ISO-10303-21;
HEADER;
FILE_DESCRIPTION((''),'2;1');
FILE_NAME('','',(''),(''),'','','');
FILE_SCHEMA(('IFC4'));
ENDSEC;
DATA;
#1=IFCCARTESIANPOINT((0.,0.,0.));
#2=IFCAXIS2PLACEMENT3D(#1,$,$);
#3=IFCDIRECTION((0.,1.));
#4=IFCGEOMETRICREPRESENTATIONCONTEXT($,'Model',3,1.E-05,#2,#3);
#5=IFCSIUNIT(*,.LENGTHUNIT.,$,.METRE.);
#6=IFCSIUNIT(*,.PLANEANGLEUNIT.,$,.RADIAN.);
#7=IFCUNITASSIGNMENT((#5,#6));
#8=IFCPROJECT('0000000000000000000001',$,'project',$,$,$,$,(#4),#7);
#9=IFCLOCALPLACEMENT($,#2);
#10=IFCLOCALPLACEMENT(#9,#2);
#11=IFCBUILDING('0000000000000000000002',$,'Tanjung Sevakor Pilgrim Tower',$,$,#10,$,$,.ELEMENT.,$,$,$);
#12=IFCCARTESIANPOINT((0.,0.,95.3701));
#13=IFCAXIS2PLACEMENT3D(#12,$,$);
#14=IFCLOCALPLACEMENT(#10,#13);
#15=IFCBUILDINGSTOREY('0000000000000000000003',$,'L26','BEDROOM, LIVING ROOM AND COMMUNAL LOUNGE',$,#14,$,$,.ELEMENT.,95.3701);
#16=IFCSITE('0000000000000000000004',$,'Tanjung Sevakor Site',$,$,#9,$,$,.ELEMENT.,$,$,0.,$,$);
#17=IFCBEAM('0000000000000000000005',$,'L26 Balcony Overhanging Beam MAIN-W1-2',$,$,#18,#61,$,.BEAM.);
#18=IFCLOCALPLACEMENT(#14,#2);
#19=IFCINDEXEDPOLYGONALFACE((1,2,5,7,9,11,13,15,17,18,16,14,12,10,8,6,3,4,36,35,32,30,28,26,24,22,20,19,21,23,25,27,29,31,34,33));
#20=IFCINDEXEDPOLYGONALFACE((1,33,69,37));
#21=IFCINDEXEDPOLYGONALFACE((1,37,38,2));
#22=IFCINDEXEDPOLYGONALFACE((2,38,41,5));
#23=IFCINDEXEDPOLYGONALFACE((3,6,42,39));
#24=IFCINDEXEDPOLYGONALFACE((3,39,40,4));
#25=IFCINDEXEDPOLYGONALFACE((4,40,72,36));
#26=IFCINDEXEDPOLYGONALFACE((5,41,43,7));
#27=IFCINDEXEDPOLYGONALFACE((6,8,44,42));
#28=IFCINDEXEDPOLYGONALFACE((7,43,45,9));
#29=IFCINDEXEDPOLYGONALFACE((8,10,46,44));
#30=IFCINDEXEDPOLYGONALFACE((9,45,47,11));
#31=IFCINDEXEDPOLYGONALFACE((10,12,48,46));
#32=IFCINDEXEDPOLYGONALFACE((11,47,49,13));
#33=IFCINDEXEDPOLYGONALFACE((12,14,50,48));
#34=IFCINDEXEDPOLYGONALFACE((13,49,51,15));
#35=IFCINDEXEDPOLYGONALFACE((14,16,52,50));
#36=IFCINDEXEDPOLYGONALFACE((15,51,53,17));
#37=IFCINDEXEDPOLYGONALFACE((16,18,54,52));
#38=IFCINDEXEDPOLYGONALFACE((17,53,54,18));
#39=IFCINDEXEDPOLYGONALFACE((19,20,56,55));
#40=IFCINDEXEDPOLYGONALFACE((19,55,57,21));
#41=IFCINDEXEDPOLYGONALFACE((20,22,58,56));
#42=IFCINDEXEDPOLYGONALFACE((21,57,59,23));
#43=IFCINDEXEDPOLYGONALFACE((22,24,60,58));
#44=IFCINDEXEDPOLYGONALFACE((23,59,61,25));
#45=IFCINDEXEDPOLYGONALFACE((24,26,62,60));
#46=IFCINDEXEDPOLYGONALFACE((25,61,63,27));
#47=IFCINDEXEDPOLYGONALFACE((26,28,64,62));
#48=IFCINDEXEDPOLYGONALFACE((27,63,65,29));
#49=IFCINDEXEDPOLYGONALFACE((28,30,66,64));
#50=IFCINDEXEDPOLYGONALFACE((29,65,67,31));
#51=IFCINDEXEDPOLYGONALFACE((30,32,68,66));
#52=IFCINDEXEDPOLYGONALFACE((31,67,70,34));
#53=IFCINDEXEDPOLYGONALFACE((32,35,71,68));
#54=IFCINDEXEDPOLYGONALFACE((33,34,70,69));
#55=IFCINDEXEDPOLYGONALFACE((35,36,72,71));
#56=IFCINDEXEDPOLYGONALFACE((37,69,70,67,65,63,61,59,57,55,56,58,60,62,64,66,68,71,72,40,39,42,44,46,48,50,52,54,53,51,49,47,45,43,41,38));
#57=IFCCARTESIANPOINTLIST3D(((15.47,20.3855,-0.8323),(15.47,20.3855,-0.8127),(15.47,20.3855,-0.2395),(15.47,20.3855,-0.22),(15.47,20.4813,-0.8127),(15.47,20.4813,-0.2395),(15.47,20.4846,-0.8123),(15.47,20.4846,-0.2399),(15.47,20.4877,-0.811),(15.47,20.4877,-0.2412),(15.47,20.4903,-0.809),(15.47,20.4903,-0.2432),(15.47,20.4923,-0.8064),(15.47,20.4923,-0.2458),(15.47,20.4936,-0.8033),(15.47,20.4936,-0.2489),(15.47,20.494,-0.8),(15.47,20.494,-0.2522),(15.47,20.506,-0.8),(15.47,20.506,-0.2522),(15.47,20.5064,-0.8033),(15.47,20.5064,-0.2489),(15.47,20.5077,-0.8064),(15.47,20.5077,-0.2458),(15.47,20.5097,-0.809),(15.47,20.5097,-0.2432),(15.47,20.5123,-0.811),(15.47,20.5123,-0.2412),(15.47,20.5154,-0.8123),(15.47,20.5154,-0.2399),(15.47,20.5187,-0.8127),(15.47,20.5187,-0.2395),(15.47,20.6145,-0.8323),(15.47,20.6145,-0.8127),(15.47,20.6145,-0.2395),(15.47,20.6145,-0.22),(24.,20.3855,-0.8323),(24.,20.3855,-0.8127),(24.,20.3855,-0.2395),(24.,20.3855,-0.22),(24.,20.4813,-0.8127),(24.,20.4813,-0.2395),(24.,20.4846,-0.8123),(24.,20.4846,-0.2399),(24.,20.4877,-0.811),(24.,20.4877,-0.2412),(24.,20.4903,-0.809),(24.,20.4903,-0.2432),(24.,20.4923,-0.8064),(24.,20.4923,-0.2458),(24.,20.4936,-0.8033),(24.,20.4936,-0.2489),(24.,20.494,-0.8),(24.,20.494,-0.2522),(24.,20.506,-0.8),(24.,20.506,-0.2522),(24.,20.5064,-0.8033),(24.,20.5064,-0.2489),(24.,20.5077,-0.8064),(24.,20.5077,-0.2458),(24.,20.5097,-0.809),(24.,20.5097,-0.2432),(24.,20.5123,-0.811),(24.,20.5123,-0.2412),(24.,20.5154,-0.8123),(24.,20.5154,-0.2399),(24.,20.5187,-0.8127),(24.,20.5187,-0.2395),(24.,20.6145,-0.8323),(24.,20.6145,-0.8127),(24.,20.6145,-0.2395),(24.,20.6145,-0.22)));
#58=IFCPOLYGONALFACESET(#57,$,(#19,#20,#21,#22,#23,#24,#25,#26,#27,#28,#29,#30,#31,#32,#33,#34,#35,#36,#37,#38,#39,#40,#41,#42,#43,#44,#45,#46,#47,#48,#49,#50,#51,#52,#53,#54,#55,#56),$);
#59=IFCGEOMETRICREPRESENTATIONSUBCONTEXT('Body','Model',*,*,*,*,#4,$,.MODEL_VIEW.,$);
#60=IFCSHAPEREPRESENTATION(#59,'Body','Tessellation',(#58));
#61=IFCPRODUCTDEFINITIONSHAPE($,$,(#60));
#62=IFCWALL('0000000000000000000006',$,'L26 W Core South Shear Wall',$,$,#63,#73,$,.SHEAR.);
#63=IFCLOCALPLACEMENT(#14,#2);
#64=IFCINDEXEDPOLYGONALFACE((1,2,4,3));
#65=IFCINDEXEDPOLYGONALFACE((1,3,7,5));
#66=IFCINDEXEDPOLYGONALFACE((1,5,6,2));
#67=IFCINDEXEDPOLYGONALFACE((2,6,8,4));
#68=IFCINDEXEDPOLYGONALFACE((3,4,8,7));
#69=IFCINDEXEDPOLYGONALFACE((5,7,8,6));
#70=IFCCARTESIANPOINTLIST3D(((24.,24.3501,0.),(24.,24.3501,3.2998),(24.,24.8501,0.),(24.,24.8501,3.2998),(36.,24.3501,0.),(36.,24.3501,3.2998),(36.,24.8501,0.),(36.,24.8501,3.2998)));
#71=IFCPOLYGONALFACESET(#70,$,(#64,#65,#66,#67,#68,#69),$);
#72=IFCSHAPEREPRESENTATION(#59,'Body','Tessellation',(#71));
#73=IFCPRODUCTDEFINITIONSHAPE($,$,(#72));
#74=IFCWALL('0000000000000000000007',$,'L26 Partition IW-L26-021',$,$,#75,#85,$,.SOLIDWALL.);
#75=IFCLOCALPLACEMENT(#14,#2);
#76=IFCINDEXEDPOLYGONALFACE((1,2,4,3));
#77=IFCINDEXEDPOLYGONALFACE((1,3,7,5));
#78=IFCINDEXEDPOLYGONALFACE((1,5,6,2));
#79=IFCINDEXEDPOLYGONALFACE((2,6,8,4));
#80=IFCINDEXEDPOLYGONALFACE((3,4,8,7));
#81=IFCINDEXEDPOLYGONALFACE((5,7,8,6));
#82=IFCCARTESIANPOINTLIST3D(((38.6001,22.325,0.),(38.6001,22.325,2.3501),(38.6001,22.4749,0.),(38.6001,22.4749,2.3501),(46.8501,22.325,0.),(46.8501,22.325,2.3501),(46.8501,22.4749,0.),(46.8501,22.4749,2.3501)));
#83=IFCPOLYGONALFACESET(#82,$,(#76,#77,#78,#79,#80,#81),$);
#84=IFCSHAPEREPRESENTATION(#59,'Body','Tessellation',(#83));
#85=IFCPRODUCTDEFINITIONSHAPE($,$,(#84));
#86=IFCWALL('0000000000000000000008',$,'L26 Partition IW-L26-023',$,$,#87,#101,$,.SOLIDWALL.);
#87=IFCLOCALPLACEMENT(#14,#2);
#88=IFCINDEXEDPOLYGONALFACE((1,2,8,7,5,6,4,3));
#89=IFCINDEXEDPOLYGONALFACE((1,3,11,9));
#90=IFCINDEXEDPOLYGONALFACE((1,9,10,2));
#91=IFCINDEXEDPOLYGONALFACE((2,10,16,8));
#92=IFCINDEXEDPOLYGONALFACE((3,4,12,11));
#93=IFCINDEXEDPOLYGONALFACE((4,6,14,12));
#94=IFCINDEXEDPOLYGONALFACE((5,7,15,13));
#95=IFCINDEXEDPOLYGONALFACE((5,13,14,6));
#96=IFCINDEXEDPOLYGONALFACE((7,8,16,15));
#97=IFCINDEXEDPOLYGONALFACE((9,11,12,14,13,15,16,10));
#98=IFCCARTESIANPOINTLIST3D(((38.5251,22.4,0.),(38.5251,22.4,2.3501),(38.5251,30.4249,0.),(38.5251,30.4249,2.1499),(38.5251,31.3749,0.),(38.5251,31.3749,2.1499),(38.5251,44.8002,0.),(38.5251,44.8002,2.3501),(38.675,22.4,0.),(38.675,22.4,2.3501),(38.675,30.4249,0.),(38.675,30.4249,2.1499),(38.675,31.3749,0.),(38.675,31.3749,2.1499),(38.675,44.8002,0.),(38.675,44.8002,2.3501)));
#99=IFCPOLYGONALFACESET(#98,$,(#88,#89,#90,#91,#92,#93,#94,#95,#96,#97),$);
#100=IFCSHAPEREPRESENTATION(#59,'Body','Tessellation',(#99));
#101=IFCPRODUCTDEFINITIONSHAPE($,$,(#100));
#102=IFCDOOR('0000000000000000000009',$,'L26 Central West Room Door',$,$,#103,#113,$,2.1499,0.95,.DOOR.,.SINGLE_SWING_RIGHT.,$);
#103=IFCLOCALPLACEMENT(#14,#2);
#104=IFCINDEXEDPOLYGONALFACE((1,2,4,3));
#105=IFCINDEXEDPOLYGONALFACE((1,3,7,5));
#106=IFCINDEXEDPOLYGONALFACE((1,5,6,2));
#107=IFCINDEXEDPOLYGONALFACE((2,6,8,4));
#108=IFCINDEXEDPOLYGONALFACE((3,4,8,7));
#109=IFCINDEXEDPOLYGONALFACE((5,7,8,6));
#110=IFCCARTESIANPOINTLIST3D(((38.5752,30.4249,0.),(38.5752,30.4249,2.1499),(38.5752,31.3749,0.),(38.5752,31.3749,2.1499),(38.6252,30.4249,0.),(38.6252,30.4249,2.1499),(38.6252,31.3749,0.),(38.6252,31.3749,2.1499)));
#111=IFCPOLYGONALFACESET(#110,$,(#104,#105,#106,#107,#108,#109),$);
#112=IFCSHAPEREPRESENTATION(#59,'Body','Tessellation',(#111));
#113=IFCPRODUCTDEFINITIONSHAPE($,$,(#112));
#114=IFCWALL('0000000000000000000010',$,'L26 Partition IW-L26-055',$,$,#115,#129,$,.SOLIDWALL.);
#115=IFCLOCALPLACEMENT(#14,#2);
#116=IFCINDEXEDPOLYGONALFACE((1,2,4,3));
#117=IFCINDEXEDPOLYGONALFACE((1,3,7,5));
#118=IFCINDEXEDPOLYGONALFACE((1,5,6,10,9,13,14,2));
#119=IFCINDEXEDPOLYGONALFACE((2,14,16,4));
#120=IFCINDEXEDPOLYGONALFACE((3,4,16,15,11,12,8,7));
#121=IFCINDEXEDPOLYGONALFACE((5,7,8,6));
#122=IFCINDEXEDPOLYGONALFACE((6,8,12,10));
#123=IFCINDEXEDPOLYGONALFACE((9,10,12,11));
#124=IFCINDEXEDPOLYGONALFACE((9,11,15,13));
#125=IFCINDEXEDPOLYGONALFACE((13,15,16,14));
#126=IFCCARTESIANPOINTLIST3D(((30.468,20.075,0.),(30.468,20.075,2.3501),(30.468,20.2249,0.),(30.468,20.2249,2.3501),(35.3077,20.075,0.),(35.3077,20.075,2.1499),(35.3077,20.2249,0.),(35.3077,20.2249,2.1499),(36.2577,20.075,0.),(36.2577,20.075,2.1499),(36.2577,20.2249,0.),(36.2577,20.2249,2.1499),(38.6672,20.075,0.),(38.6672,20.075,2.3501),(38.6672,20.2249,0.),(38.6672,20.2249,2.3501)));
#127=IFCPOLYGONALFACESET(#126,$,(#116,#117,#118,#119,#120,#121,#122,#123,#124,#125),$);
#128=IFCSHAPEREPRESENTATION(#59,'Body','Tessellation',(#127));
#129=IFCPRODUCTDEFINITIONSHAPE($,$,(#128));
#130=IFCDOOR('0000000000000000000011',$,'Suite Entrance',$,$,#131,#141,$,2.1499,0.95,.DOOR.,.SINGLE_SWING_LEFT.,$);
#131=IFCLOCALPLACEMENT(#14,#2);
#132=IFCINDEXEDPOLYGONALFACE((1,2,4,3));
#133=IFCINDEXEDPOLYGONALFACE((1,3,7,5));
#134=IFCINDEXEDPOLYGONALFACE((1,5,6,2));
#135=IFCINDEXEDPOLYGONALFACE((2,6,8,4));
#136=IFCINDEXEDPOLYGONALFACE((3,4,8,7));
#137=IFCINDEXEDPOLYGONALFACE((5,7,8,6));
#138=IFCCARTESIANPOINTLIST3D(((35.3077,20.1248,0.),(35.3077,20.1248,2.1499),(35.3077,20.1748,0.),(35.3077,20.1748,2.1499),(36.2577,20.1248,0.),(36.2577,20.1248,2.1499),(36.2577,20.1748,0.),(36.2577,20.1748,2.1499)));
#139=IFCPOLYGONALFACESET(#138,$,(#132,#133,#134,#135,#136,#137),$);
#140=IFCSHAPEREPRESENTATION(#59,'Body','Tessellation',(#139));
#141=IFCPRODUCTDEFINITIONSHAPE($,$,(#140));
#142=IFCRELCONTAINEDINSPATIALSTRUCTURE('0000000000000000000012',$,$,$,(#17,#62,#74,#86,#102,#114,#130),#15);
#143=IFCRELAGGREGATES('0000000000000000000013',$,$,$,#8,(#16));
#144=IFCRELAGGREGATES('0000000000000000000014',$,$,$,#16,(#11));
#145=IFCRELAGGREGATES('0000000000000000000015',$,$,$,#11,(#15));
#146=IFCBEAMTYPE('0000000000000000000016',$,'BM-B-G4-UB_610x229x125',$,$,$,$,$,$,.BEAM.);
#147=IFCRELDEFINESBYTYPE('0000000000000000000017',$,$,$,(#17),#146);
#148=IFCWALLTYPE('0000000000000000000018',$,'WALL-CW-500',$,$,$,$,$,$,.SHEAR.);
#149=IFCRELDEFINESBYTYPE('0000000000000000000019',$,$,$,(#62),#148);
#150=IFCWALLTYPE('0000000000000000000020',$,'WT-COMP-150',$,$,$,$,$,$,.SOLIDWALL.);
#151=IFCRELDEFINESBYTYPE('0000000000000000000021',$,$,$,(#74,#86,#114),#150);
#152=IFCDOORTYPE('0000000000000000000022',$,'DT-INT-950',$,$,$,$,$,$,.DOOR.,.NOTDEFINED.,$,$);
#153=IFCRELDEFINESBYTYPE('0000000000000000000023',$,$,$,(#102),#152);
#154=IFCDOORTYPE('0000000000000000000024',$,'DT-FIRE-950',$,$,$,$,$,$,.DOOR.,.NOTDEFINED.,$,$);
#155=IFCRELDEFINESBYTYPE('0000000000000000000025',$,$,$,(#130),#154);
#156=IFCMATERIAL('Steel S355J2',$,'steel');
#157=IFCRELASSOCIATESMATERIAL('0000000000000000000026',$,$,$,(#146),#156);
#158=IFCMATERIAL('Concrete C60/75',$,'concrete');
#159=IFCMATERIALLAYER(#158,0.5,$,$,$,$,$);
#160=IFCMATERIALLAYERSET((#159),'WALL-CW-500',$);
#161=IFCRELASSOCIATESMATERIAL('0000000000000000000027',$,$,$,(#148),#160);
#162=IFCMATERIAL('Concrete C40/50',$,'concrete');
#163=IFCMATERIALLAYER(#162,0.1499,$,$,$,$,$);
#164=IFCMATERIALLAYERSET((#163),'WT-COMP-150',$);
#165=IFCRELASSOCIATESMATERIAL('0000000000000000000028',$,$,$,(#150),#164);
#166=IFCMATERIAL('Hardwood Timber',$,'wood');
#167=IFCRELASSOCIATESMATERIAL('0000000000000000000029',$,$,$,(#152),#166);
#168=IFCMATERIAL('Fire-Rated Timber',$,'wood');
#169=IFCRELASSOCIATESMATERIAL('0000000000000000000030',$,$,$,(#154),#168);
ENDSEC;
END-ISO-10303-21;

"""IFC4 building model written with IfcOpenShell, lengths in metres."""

from ifc_helpers import new_model, si_unit, direction, frame, frame_2d, origin, origin_2d, place, context, subcontext, project, spatial, rectangle, i_section, extrude, material, layer, layer_set, material_profile, profile_set, type_object, element, fill, save


model = new_model("IFC4")

# Units and contexts
model_context = context("Model", 3, precision=1e-05, world=origin(), true_north=direction((0.0, 1.0)))
body_context = subcontext(model_context, "Body", "Model", "MODEL_VIEW")
ifc_project = project(units=[si_unit("LENGTHUNIT", "METRE"), si_unit("PLANEANGLEUNIT", "RADIAN")], contexts=[model_context])

# Site, building, storey
site_placement = place(None, origin())
site = spatial("IfcSite", under=ifc_project, at=site_placement, Name="Tanjung Sevakor Site", CompositionType="ELEMENT", RefElevation=0.0)
building_placement = place(site_placement, origin())
building = spatial("IfcBuilding", under=site, at=building_placement, Name="Tanjung Sevakor Pilgrim Tower", CompositionType="ELEMENT")
storey_placement = place(building_placement, frame((0.0, 0.0, 95.3701)))
storey = spatial("IfcBuildingStorey", under=building, at=storey_placement, Name="L26", Description="BEDROOM, LIVING ROOM AND COMMUNAL LOUNGE", CompositionType="ELEMENT", Elevation=95.3701)

# Beam
ifc_material_1 = material(Name="Steel S355J2", Category="steel")
ifc_material_profile_1 = material_profile(ifc_material_1, i_section(OverallWidth=0.229, OverallDepth=0.6123, WebThickness=0.012, FlangeThickness=0.0195, FilletRadius=0.0127, at=origin_2d()))
ifc_profile_set_1 = profile_set([ifc_material_profile_1], Name="Steel S355J2")
beam_type_1 = type_object("IfcBeamType", Name="BM-B-G4-UB_610x229x125", PredefinedType="BEAM", material=ifc_profile_set_1)
beam_1_placement = place(storey_placement, frame((24.0, 20.5, -0.5261), z_axis=(-1.0, 0.0, 0.0), x_axis=(0.0, -1.0, 0.0)))
element("IfcBeam", 1, at=beam_1_placement, inside=storey, type_object=beam_type_1, Name="L26 Balcony Overhanging Beam MAIN-W1-2", PredefinedType="BEAM", context=body_context, shape_type="SweptSolid", body=[
    extrude(i_section(OverallWidth=0.229, OverallDepth=0.6123, WebThickness=0.012, FlangeThickness=0.0195, FilletRadius=0.0127, at=origin_2d()), origin(), (0.0, 0.0, 1.0), 8.53),
])

# Walls
ifc_material_2 = material(Name="Concrete C60/75", Category="concrete")
ifc_layer_1 = layer(ifc_material_2, 0.5)
ifc_layer_set_1 = layer_set([ifc_layer_1], Name="WALL-CW-500")
wall_type_1 = type_object("IfcWallType", Name="WALL-CW-500", PredefinedType="SHEAR", material=ifc_layer_set_1)
wall_1_placement = place(storey_placement, frame((24.0, 24.6001, 0.0), z_axis=(0.0, 0.0, 1.0), x_axis=(1.0, 0.0, 0.0)))
element("IfcWall", 2, at=wall_1_placement, inside=storey, type_object=wall_type_1, Name="L26 W Core South Shear Wall", PredefinedType="SHEAR", context=body_context, shape_type="SweptSolid", body=[
    extrude(rectangle(XDim=12.0, YDim=0.5, at=frame_2d((6.0, 0.0))), origin(), (0.0, 0.0, 1.0), 3.2998),
])
ifc_material_3 = material(Name="Concrete C40/50", Category="concrete")
ifc_layer_2 = layer(ifc_material_3, 0.1499)
ifc_layer_set_2 = layer_set([ifc_layer_2], Name="WT-COMP-150")
wall_type_2 = type_object("IfcWallType", Name="WT-COMP-150", PredefinedType="SOLIDWALL", material=ifc_layer_set_2)
wall_2_placement = place(storey_placement, frame((38.6001, 22.3999, 0.0), z_axis=(0.0, 0.0, 1.0), x_axis=(1.0, 0.0, 0.0)))
element("IfcWall", 3, at=wall_2_placement, inside=storey, type_object=wall_type_2, Name="L26 Partition IW-L26-021", PredefinedType="SOLIDWALL", context=body_context, shape_type="SweptSolid", body=[
    extrude(rectangle(XDim=8.25, YDim=0.1499, at=frame_2d((4.125, 0.0))), origin(), (0.0, 0.0, 1.0), 2.3501),
])

# Walls, openings, doors
wall_3_placement = place(storey_placement, frame((38.6001, 22.3999, 0.0), z_axis=(0.0, 0.0, 1.0), x_axis=(0.0, 1.0, 0.0)))
wall_3 = element("IfcWall", 4, at=wall_3_placement, inside=storey, type_object=wall_type_2, Name="L26 Partition IW-L26-023", PredefinedType="SOLIDWALL", context=body_context, shape_type="SweptSolid", body=[
    extrude(rectangle(XDim=22.4001, YDim=0.1499, at=frame_2d((11.2002, 0.0))), origin(), (0.0, 0.0, 1.0), 2.3501),
])
opening_1_placement = place(wall_3_placement, frame((8.0249, 0.0, 0.0)))
opening_1 = element("IfcOpeningElement", 5, at=opening_1_placement, cuts=wall_3, PredefinedType="OPENING", context=body_context, shape_type="SweptSolid", body=[
    extrude(rectangle(XDim=0.95, YDim=2.1499, at=frame_2d((0.4751, 1.075))), frame((0.0, 0.085, 0.0), z_axis=(0.0, -1.0, 0.0), x_axis=(1.0, 0.0, 0.0)), (0.0, 0.0, 1.0), 0.1699),
])
ifc_material_4 = material(Name="Hardwood Timber", Category="wood")
door_type_1 = type_object("IfcDoorType", Name="DT-INT-950", OperationType="NOTDEFINED", PredefinedType="DOOR", material=ifc_material_4)
door_1_placement = place(opening_1_placement, origin())
door_1 = element("IfcDoor", 6, at=door_1_placement, inside=storey, type_object=door_type_1, Name="L26 Central West Room Door", OperationType="SINGLE_SWING_RIGHT", OverallHeight=2.1499, OverallWidth=0.95, PredefinedType="DOOR", context=body_context, shape_type="SweptSolid", body=[
    extrude(rectangle(XDim=0.95, YDim=2.1499, at=frame_2d((0.4751, 1.075))), frame((0.0, 0.0249, 0.0), z_axis=(0.0, -1.0, 0.0), x_axis=(1.0, 0.0, 0.0)), (0.0, 0.0, 1.0), 0.05),
])
fill(opening_1, door_1)
wall_4_placement = place(storey_placement, frame((30.468, 20.1499, 0.0), z_axis=(0.0, 0.0, 1.0), x_axis=(1.0, 0.0, 0.0)))
wall_4 = element("IfcWall", 7, at=wall_4_placement, inside=storey, type_object=wall_type_2, Name="L26 Partition IW-L26-055", PredefinedType="SOLIDWALL", context=body_context, shape_type="SweptSolid", body=[
    extrude(rectangle(XDim=8.1992, YDim=0.1499, at=frame_2d((4.0996, 0.0))), origin(), (0.0, 0.0, 1.0), 2.3501),
])
opening_2_placement = place(wall_4_placement, frame((4.8396, 0.0, 0.0)))
opening_2 = element("IfcOpeningElement", 8, at=opening_2_placement, cuts=wall_4, PredefinedType="OPENING", context=body_context, shape_type="SweptSolid", body=[
    extrude(rectangle(XDim=0.95, YDim=2.1499, at=frame_2d((0.4751, 1.075))), frame((0.0, 0.085, 0.0), z_axis=(0.0, -1.0, 0.0), x_axis=(1.0, 0.0, 0.0)), (0.0, 0.0, 1.0), 0.1699),
])
ifc_material_5 = material(Name="Fire-Rated Timber", Category="wood")
door_type_2 = type_object("IfcDoorType", Name="DT-FIRE-950", OperationType="NOTDEFINED", PredefinedType="DOOR", material=ifc_material_5)
door_2_placement = place(opening_2_placement, origin())
door_2 = element("IfcDoor", 9, at=door_2_placement, inside=storey, type_object=door_type_2, Name="Suite Entrance", OperationType="SINGLE_SWING_LEFT", OverallHeight=2.1499, OverallWidth=0.95, PredefinedType="DOOR", context=body_context, shape_type="SweptSolid", body=[
    extrude(rectangle(XDim=0.95, YDim=2.1499, at=frame_2d((0.4751, 1.075))), frame((0.0, 0.0249, 0.0), z_axis=(0.0, -1.0, 0.0), x_axis=(1.0, 0.0, 0.0)), (0.0, 0.0, 1.0), 0.05),
])
fill(opening_2, door_2)

save(model, "model.ifc")
